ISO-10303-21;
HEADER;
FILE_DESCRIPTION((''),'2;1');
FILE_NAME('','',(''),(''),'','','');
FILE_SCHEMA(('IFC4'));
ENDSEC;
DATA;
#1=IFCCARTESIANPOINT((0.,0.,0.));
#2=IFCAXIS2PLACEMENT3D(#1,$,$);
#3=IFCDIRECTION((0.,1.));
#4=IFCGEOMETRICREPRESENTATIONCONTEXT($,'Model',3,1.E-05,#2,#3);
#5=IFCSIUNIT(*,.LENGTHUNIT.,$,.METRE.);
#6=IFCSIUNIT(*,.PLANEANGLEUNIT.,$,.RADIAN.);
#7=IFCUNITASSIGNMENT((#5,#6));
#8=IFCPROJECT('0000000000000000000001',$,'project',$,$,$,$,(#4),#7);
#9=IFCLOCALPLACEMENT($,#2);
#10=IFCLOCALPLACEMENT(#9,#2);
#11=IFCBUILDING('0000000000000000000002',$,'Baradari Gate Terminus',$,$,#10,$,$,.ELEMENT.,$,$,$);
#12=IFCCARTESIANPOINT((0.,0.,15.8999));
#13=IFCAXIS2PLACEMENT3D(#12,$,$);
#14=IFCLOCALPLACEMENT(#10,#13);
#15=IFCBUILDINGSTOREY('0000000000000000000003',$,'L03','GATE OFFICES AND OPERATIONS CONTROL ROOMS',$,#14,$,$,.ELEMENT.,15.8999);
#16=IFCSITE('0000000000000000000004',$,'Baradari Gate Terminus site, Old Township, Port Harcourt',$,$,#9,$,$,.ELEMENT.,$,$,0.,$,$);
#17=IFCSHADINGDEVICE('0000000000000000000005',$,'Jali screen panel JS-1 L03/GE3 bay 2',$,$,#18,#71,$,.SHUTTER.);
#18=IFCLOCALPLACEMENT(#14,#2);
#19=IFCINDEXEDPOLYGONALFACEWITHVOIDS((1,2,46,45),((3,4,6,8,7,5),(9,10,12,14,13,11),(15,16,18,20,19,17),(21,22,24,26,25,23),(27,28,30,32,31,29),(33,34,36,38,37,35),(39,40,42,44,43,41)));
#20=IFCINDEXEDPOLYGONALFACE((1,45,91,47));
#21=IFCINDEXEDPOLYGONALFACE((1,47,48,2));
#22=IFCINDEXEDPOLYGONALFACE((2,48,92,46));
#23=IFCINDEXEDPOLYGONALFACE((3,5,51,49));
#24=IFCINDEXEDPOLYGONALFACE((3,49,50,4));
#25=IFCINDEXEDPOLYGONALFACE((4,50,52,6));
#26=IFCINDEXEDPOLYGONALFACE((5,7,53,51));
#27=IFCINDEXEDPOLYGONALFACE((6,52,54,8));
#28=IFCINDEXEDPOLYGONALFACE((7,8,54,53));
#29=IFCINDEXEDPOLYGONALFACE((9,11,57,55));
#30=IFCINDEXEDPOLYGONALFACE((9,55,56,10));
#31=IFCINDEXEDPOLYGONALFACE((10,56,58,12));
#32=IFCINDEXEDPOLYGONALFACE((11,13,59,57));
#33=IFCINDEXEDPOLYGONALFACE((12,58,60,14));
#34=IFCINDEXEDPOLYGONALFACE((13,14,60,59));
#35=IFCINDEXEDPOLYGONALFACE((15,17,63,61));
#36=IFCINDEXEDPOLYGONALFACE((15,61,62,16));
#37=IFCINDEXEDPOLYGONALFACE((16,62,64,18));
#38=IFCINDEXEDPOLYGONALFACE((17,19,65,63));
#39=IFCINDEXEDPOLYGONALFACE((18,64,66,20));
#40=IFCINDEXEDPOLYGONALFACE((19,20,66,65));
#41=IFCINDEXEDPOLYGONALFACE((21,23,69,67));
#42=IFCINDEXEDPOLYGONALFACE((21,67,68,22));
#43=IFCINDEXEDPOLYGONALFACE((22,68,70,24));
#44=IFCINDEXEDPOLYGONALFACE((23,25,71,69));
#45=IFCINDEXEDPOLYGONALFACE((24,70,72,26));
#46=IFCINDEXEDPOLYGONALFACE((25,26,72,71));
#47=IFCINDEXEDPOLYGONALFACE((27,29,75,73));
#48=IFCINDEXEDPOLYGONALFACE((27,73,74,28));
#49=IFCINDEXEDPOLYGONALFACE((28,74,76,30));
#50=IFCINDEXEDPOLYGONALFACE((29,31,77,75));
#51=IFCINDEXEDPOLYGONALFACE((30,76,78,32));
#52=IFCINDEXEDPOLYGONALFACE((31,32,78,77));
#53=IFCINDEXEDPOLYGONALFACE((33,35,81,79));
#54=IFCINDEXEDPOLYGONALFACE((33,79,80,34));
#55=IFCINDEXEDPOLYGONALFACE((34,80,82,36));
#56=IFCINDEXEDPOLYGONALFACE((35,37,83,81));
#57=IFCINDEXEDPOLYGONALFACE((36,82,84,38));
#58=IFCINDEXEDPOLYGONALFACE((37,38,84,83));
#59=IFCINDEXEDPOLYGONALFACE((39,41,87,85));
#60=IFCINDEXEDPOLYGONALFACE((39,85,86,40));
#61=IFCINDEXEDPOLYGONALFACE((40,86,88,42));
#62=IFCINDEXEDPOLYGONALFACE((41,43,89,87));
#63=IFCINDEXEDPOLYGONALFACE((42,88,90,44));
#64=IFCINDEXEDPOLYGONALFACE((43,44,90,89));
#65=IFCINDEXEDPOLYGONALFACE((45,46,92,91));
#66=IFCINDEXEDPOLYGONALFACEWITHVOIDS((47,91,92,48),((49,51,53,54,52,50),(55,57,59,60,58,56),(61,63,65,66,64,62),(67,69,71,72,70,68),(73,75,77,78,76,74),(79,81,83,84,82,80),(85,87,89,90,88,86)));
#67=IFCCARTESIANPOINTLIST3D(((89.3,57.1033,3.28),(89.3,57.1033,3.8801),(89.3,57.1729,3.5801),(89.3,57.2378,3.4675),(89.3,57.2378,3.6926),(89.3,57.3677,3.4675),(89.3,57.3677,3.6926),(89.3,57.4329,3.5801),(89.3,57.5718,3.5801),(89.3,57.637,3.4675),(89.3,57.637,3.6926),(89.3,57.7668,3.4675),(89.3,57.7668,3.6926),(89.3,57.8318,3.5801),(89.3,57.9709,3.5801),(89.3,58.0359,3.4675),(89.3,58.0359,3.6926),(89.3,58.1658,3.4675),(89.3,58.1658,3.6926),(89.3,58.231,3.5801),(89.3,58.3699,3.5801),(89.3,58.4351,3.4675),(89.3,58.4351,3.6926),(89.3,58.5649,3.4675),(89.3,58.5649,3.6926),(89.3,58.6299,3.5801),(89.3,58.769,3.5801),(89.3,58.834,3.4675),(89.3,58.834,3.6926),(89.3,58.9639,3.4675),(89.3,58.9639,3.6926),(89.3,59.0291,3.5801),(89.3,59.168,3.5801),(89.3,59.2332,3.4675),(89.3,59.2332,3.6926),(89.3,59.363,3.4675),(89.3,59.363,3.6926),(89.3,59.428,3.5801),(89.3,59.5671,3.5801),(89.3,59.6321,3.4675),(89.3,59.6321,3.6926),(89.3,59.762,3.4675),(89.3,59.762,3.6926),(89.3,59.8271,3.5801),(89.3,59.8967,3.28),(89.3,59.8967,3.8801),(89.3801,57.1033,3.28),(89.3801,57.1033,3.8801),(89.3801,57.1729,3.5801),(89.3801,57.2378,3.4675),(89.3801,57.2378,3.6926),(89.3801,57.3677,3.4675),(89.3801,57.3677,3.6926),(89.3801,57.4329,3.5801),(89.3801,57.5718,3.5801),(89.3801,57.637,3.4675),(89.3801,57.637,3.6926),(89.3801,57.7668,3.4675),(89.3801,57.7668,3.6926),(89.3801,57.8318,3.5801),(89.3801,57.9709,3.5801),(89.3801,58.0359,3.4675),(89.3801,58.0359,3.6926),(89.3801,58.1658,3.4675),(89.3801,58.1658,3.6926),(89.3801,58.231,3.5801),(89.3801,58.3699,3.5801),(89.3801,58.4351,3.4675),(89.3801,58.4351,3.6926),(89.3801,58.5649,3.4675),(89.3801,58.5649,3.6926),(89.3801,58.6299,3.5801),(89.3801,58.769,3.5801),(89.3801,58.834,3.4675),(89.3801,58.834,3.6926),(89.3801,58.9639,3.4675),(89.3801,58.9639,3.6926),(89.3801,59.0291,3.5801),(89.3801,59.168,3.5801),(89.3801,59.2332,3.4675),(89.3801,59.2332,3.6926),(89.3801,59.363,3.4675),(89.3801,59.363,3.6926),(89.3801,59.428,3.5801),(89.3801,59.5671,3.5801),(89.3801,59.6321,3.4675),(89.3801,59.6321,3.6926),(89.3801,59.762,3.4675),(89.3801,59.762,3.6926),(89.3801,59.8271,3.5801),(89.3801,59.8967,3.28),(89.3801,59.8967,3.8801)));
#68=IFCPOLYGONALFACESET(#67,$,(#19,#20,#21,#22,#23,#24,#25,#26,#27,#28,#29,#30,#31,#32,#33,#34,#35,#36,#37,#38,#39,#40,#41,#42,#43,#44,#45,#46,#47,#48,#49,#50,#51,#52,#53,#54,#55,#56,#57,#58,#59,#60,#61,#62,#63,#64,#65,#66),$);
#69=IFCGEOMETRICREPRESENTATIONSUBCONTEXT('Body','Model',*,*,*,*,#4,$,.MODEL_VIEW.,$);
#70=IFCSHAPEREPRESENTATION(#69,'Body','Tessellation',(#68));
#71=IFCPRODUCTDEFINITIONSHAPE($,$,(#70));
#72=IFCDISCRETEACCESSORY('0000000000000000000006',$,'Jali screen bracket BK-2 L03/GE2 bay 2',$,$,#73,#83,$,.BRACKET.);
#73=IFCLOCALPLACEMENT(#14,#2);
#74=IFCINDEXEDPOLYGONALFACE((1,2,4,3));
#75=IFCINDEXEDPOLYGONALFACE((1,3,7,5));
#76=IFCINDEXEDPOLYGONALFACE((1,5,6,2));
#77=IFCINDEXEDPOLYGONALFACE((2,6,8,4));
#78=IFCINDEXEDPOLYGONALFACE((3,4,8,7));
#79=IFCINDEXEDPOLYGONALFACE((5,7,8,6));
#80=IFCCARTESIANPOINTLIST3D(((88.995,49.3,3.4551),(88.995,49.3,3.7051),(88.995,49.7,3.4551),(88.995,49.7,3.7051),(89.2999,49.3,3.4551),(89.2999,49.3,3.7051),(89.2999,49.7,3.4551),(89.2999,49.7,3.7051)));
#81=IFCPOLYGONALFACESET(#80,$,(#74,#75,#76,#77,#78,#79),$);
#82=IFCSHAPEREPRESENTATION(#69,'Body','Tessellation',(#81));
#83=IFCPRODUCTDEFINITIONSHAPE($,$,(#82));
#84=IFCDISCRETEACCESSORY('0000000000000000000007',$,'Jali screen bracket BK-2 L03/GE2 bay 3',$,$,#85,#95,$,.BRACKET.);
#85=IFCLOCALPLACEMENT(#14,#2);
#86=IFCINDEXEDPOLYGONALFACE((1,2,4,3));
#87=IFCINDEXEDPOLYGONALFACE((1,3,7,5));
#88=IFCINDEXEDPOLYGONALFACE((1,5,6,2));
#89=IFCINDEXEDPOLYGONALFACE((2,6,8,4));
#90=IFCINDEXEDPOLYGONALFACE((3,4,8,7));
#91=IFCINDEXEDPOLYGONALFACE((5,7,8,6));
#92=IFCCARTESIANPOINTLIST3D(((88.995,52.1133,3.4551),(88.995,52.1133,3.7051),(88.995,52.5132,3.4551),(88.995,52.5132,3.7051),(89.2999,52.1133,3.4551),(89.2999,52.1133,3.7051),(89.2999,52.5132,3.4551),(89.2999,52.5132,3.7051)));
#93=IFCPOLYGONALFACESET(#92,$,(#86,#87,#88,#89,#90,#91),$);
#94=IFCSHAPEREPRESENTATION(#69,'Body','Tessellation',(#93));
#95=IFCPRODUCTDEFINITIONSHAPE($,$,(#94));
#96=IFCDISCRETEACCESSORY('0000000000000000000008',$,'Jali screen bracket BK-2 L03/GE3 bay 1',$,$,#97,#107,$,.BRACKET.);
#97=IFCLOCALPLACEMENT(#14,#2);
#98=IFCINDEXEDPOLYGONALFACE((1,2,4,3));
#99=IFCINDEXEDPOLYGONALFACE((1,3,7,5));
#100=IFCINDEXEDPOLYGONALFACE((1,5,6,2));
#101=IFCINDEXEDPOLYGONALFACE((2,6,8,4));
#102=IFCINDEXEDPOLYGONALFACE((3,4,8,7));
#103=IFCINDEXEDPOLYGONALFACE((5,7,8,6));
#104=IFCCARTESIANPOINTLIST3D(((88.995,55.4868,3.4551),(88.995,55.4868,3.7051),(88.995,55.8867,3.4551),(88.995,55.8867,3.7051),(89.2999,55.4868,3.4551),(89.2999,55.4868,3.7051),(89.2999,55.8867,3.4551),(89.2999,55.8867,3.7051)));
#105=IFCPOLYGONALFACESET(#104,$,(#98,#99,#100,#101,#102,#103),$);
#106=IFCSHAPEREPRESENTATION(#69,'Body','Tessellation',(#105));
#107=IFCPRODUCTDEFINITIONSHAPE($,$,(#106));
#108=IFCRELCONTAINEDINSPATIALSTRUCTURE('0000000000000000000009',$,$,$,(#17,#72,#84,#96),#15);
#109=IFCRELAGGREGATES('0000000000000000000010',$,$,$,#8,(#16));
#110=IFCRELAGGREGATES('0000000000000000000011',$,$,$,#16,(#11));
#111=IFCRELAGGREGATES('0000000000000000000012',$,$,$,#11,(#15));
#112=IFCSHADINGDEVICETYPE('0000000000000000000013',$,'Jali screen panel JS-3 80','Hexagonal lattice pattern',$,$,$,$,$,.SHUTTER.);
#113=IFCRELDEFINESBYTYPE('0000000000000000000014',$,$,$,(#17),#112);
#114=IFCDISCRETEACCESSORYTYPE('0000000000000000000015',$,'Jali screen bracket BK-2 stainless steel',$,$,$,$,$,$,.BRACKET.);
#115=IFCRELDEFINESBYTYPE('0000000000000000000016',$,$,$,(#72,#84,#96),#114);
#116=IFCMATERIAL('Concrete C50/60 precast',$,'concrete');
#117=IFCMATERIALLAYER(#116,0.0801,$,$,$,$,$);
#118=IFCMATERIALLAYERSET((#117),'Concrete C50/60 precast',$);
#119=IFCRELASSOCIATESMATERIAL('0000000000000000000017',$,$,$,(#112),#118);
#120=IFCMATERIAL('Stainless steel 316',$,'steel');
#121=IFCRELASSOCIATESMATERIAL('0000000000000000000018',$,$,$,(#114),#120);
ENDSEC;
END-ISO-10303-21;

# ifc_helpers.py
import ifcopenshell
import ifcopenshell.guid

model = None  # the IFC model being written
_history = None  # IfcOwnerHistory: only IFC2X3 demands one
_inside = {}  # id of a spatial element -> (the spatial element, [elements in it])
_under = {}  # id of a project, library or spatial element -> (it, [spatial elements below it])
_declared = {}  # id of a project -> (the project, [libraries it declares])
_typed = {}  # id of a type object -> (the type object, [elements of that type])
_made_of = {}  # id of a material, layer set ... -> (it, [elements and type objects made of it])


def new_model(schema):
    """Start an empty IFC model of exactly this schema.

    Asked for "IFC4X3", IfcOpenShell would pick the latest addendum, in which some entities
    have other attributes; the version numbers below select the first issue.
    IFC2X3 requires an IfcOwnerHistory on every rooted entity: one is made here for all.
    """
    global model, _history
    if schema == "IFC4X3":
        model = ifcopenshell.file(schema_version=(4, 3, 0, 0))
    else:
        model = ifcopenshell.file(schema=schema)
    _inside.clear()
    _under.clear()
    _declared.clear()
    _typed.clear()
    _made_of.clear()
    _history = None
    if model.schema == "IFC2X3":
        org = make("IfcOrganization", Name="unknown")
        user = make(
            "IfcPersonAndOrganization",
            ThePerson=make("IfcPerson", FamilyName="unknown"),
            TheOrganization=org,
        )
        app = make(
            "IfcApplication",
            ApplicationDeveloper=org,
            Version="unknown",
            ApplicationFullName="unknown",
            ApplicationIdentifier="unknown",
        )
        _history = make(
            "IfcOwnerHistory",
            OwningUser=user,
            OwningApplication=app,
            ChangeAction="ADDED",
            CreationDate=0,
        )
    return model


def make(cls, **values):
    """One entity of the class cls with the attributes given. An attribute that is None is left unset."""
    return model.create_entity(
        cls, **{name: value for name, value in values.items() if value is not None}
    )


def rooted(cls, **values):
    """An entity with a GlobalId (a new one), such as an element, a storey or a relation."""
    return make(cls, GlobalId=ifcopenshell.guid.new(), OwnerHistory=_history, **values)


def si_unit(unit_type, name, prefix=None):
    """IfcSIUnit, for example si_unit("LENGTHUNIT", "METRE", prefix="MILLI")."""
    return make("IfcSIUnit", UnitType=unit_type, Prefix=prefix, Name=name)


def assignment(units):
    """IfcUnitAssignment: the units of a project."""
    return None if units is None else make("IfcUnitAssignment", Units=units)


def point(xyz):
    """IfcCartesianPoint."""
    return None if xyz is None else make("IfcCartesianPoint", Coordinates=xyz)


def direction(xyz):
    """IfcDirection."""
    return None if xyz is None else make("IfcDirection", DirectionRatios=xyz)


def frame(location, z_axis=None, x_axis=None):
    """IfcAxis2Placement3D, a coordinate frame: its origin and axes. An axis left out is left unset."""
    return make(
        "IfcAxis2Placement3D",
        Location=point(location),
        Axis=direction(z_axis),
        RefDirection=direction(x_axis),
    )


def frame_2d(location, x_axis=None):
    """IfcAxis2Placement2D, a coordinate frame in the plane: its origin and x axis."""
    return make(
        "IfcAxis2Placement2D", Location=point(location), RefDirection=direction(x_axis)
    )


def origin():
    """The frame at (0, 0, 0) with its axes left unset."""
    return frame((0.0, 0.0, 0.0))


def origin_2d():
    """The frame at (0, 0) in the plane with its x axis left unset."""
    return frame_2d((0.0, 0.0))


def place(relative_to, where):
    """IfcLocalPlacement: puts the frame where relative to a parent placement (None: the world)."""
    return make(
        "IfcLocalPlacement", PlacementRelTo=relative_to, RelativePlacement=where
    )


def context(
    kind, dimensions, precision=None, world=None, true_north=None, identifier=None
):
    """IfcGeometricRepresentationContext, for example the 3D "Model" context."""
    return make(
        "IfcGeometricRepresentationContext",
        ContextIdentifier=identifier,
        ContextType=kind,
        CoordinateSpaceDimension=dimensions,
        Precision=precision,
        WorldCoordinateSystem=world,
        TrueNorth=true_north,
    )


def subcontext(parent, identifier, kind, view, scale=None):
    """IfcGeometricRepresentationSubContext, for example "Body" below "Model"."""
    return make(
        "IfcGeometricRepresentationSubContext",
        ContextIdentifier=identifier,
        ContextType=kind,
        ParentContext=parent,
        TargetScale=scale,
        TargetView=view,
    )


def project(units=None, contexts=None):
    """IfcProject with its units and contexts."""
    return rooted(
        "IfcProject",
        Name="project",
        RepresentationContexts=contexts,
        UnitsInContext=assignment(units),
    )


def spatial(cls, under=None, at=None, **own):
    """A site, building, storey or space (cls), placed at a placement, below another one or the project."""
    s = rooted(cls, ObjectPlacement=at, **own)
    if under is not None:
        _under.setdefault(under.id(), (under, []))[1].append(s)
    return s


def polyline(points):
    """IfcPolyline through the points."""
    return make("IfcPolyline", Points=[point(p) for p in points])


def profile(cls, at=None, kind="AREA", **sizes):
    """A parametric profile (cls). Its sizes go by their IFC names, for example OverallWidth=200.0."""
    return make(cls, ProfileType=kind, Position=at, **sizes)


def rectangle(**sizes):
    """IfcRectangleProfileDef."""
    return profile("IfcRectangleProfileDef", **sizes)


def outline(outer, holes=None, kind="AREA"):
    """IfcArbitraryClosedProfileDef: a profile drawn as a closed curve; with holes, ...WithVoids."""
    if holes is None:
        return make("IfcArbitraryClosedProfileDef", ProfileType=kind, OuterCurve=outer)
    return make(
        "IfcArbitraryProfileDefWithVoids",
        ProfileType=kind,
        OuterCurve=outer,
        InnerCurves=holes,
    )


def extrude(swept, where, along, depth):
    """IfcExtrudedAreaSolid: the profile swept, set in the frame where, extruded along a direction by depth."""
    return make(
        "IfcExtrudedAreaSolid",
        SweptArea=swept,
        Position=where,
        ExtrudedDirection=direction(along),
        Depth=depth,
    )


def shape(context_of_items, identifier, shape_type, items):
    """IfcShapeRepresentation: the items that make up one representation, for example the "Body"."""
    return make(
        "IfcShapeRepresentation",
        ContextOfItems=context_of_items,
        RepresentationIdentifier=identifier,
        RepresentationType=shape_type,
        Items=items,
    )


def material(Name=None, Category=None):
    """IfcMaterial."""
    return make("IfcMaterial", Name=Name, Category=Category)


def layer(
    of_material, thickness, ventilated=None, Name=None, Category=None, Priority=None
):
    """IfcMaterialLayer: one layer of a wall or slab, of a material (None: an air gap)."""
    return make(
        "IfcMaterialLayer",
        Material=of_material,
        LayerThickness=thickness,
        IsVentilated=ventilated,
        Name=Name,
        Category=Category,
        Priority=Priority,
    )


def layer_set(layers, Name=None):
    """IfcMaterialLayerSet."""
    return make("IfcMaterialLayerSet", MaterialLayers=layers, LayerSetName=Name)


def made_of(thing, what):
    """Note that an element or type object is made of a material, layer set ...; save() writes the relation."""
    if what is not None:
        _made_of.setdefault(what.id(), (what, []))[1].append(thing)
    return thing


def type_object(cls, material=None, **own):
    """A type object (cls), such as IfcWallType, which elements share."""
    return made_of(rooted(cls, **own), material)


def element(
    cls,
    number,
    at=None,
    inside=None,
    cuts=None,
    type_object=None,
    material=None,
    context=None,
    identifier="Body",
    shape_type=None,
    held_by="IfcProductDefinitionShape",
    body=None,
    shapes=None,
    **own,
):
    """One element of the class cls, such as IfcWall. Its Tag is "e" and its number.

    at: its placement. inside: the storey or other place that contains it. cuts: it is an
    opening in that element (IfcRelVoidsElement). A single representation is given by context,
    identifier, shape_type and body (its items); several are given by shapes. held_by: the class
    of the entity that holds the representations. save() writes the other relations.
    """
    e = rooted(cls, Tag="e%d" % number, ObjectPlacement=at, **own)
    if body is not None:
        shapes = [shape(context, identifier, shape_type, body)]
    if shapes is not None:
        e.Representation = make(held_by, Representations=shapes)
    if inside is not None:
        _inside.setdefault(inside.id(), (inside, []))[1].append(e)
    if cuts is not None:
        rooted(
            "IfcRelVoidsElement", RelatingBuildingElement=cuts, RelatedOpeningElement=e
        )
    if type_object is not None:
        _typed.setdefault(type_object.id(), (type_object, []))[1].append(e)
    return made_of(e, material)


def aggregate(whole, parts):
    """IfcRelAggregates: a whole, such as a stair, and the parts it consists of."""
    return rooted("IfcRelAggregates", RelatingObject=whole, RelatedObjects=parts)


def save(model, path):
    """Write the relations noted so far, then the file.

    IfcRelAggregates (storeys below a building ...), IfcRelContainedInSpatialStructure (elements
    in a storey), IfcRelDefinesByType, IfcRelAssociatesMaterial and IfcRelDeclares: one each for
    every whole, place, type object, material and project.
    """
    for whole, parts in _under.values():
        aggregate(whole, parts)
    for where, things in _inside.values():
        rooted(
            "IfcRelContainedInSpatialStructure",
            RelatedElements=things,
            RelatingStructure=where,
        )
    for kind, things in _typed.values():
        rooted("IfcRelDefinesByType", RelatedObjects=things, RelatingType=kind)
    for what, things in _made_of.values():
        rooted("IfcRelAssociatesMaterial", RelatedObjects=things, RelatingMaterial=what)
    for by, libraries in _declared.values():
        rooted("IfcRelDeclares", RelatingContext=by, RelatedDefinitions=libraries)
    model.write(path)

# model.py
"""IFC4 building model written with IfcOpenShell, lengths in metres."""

from ifc_helpers import new_model, si_unit, direction, frame, origin, origin_2d, place, context, subcontext, project, spatial, polyline, rectangle, outline, extrude, material, layer, layer_set, type_object, element, save


model = new_model("IFC4")

# Units and contexts
model_context = context("Model", 3, precision=1e-05, world=origin(), true_north=direction((0.0, 1.0)))
body_context = subcontext(model_context, "Body", "Model", "MODEL_VIEW")
ifc_project = project(units=[si_unit("LENGTHUNIT", "METRE"), si_unit("PLANEANGLEUNIT", "RADIAN")], contexts=[model_context])

# Site, building, storey
site_placement = place(None, origin())
site = spatial("IfcSite", under=ifc_project, at=site_placement, Name="Baradari Gate Terminus site, Old Township, Port Harcourt", CompositionType="ELEMENT", RefElevation=0.0)
building_placement = place(site_placement, origin())
building = spatial("IfcBuilding", under=site, at=building_placement, Name="Baradari Gate Terminus", CompositionType="ELEMENT")
storey_placement = place(building_placement, frame((0.0, 0.0, 15.8999)))
storey = spatial("IfcBuildingStorey", under=building, at=storey_placement, Name="L03", Description="GATE OFFICES AND OPERATIONS CONTROL ROOMS", CompositionType="ELEMENT", Elevation=15.8999)

# Shading device
ifc_material_1 = material(Name="Concrete C50/60 precast", Category="concrete")
ifc_layer_1 = layer(ifc_material_1, 0.0801)
ifc_layer_set_1 = layer_set([ifc_layer_1], Name="Concrete C50/60 precast")
shading_device_type = type_object("IfcShadingDeviceType", Name="Jali screen panel JS-3 80", Description="Hexagonal lattice pattern", PredefinedType="SHUTTER", material=ifc_layer_set_1)
shading_device_1_placement = place(storey_placement, frame((89.3401, 57.1033, 3.28), z_axis=(0.0, 0.0, 1.0), x_axis=(0.0, 1.0, 0.0)))
element("IfcShadingDevice", 1, at=shading_device_1_placement, inside=storey, type_object=shading_device_type, Name="Jali screen panel JS-1 L03/GE3 bay 2", PredefinedType="SHUTTER", context=body_context, shape_type="SweptSolid", body=[
    extrude(outline(polyline([(0.0, 0.0), (2.7935, 0.0), (2.7935, 0.6001), (0.0, 0.6001), (0.0, 0.0)]), holes=[polyline([(0.3296, 0.3), (0.2644, 0.1875), (0.1345, 0.1875), (0.0696, 0.3), (0.1345, 0.4126), (0.2644, 0.4126), (0.3296, 0.3)]), polyline([(0.7285, 0.3), (0.6636, 0.1875), (0.5337, 0.1875), (0.4685, 0.3), (0.5337, 0.4126), (0.6636, 0.4126), (0.7285, 0.3)]), polyline([(1.1277, 0.3), (1.0625, 0.1875), (0.9326, 0.1875), (0.8677, 0.3), (0.9326, 0.4126), (1.0625, 0.4126), (1.1277, 0.3)]), polyline([(1.5266, 0.3), (1.4617, 0.1875), (1.3318, 0.1875), (1.2666, 0.3), (1.3318, 0.4126), (1.4617, 0.4126), (1.5266, 0.3)]), polyline([(1.9258, 0.3), (1.8606, 0.1875), (1.7307, 0.1875), (1.6658, 0.3), (1.7307, 0.4126), (1.8606, 0.4126), (1.9258, 0.3)]), polyline([(2.3247, 0.3), (2.2598, 0.1875), (2.1299, 0.1875), (2.0647, 0.3), (2.1299, 0.4126), (2.2598, 0.4126), (2.3247, 0.3)]), polyline([(2.7239, 0.3), (2.6587, 0.1875), (2.5288, 0.1875), (2.4639, 0.3), (2.5288, 0.4126), (2.6587, 0.4126), (2.7239, 0.3)])]), frame((0.0, 0.04, 0.0), z_axis=(0.0, -1.0, 0.0), x_axis=(1.0, 0.0, 0.0)), (0.0, 0.0, 1.0), 0.0801),
])

# Discrete accessories
ifc_material_2 = material(Name="Stainless steel 316", Category="steel")
discrete_accessory_type = type_object("IfcDiscreteAccessoryType", Name="Jali screen bracket BK-2 stainless steel", PredefinedType="BRACKET", material=ifc_material_2)
for number, where, z_axis, x_axis, name in (
    (2, (89.1475, 49.5, 3.4551), (0.0, 0.0, 1.0), (1.0, 0.0, 0.0), "Jali screen bracket BK-2 L03/GE2 bay 2"),
    (3, (89.1475, 52.3132, 3.4551), (0.0, 0.0, 1.0), (1.0, 0.0, 0.0), "Jali screen bracket BK-2 L03/GE2 bay 3"),
    (4, (89.1475, 55.6868, 3.4551), (0.0, 0.0, 1.0), (1.0, 0.0, 0.0), "Jali screen bracket BK-2 L03/GE3 bay 1"),
):
    element("IfcDiscreteAccessory", number, at=place(storey_placement, frame(where, z_axis=z_axis, x_axis=x_axis)), inside=storey, type_object=discrete_accessory_type, Name=name, PredefinedType="BRACKET", context=body_context, shape_type="SweptSolid", body=[
        extrude(rectangle(XDim=0.3049, YDim=0.3999, at=origin_2d()), origin(), (0.0, 0.0, 1.0), 0.25),
    ])

save(model, "model.ifc")
